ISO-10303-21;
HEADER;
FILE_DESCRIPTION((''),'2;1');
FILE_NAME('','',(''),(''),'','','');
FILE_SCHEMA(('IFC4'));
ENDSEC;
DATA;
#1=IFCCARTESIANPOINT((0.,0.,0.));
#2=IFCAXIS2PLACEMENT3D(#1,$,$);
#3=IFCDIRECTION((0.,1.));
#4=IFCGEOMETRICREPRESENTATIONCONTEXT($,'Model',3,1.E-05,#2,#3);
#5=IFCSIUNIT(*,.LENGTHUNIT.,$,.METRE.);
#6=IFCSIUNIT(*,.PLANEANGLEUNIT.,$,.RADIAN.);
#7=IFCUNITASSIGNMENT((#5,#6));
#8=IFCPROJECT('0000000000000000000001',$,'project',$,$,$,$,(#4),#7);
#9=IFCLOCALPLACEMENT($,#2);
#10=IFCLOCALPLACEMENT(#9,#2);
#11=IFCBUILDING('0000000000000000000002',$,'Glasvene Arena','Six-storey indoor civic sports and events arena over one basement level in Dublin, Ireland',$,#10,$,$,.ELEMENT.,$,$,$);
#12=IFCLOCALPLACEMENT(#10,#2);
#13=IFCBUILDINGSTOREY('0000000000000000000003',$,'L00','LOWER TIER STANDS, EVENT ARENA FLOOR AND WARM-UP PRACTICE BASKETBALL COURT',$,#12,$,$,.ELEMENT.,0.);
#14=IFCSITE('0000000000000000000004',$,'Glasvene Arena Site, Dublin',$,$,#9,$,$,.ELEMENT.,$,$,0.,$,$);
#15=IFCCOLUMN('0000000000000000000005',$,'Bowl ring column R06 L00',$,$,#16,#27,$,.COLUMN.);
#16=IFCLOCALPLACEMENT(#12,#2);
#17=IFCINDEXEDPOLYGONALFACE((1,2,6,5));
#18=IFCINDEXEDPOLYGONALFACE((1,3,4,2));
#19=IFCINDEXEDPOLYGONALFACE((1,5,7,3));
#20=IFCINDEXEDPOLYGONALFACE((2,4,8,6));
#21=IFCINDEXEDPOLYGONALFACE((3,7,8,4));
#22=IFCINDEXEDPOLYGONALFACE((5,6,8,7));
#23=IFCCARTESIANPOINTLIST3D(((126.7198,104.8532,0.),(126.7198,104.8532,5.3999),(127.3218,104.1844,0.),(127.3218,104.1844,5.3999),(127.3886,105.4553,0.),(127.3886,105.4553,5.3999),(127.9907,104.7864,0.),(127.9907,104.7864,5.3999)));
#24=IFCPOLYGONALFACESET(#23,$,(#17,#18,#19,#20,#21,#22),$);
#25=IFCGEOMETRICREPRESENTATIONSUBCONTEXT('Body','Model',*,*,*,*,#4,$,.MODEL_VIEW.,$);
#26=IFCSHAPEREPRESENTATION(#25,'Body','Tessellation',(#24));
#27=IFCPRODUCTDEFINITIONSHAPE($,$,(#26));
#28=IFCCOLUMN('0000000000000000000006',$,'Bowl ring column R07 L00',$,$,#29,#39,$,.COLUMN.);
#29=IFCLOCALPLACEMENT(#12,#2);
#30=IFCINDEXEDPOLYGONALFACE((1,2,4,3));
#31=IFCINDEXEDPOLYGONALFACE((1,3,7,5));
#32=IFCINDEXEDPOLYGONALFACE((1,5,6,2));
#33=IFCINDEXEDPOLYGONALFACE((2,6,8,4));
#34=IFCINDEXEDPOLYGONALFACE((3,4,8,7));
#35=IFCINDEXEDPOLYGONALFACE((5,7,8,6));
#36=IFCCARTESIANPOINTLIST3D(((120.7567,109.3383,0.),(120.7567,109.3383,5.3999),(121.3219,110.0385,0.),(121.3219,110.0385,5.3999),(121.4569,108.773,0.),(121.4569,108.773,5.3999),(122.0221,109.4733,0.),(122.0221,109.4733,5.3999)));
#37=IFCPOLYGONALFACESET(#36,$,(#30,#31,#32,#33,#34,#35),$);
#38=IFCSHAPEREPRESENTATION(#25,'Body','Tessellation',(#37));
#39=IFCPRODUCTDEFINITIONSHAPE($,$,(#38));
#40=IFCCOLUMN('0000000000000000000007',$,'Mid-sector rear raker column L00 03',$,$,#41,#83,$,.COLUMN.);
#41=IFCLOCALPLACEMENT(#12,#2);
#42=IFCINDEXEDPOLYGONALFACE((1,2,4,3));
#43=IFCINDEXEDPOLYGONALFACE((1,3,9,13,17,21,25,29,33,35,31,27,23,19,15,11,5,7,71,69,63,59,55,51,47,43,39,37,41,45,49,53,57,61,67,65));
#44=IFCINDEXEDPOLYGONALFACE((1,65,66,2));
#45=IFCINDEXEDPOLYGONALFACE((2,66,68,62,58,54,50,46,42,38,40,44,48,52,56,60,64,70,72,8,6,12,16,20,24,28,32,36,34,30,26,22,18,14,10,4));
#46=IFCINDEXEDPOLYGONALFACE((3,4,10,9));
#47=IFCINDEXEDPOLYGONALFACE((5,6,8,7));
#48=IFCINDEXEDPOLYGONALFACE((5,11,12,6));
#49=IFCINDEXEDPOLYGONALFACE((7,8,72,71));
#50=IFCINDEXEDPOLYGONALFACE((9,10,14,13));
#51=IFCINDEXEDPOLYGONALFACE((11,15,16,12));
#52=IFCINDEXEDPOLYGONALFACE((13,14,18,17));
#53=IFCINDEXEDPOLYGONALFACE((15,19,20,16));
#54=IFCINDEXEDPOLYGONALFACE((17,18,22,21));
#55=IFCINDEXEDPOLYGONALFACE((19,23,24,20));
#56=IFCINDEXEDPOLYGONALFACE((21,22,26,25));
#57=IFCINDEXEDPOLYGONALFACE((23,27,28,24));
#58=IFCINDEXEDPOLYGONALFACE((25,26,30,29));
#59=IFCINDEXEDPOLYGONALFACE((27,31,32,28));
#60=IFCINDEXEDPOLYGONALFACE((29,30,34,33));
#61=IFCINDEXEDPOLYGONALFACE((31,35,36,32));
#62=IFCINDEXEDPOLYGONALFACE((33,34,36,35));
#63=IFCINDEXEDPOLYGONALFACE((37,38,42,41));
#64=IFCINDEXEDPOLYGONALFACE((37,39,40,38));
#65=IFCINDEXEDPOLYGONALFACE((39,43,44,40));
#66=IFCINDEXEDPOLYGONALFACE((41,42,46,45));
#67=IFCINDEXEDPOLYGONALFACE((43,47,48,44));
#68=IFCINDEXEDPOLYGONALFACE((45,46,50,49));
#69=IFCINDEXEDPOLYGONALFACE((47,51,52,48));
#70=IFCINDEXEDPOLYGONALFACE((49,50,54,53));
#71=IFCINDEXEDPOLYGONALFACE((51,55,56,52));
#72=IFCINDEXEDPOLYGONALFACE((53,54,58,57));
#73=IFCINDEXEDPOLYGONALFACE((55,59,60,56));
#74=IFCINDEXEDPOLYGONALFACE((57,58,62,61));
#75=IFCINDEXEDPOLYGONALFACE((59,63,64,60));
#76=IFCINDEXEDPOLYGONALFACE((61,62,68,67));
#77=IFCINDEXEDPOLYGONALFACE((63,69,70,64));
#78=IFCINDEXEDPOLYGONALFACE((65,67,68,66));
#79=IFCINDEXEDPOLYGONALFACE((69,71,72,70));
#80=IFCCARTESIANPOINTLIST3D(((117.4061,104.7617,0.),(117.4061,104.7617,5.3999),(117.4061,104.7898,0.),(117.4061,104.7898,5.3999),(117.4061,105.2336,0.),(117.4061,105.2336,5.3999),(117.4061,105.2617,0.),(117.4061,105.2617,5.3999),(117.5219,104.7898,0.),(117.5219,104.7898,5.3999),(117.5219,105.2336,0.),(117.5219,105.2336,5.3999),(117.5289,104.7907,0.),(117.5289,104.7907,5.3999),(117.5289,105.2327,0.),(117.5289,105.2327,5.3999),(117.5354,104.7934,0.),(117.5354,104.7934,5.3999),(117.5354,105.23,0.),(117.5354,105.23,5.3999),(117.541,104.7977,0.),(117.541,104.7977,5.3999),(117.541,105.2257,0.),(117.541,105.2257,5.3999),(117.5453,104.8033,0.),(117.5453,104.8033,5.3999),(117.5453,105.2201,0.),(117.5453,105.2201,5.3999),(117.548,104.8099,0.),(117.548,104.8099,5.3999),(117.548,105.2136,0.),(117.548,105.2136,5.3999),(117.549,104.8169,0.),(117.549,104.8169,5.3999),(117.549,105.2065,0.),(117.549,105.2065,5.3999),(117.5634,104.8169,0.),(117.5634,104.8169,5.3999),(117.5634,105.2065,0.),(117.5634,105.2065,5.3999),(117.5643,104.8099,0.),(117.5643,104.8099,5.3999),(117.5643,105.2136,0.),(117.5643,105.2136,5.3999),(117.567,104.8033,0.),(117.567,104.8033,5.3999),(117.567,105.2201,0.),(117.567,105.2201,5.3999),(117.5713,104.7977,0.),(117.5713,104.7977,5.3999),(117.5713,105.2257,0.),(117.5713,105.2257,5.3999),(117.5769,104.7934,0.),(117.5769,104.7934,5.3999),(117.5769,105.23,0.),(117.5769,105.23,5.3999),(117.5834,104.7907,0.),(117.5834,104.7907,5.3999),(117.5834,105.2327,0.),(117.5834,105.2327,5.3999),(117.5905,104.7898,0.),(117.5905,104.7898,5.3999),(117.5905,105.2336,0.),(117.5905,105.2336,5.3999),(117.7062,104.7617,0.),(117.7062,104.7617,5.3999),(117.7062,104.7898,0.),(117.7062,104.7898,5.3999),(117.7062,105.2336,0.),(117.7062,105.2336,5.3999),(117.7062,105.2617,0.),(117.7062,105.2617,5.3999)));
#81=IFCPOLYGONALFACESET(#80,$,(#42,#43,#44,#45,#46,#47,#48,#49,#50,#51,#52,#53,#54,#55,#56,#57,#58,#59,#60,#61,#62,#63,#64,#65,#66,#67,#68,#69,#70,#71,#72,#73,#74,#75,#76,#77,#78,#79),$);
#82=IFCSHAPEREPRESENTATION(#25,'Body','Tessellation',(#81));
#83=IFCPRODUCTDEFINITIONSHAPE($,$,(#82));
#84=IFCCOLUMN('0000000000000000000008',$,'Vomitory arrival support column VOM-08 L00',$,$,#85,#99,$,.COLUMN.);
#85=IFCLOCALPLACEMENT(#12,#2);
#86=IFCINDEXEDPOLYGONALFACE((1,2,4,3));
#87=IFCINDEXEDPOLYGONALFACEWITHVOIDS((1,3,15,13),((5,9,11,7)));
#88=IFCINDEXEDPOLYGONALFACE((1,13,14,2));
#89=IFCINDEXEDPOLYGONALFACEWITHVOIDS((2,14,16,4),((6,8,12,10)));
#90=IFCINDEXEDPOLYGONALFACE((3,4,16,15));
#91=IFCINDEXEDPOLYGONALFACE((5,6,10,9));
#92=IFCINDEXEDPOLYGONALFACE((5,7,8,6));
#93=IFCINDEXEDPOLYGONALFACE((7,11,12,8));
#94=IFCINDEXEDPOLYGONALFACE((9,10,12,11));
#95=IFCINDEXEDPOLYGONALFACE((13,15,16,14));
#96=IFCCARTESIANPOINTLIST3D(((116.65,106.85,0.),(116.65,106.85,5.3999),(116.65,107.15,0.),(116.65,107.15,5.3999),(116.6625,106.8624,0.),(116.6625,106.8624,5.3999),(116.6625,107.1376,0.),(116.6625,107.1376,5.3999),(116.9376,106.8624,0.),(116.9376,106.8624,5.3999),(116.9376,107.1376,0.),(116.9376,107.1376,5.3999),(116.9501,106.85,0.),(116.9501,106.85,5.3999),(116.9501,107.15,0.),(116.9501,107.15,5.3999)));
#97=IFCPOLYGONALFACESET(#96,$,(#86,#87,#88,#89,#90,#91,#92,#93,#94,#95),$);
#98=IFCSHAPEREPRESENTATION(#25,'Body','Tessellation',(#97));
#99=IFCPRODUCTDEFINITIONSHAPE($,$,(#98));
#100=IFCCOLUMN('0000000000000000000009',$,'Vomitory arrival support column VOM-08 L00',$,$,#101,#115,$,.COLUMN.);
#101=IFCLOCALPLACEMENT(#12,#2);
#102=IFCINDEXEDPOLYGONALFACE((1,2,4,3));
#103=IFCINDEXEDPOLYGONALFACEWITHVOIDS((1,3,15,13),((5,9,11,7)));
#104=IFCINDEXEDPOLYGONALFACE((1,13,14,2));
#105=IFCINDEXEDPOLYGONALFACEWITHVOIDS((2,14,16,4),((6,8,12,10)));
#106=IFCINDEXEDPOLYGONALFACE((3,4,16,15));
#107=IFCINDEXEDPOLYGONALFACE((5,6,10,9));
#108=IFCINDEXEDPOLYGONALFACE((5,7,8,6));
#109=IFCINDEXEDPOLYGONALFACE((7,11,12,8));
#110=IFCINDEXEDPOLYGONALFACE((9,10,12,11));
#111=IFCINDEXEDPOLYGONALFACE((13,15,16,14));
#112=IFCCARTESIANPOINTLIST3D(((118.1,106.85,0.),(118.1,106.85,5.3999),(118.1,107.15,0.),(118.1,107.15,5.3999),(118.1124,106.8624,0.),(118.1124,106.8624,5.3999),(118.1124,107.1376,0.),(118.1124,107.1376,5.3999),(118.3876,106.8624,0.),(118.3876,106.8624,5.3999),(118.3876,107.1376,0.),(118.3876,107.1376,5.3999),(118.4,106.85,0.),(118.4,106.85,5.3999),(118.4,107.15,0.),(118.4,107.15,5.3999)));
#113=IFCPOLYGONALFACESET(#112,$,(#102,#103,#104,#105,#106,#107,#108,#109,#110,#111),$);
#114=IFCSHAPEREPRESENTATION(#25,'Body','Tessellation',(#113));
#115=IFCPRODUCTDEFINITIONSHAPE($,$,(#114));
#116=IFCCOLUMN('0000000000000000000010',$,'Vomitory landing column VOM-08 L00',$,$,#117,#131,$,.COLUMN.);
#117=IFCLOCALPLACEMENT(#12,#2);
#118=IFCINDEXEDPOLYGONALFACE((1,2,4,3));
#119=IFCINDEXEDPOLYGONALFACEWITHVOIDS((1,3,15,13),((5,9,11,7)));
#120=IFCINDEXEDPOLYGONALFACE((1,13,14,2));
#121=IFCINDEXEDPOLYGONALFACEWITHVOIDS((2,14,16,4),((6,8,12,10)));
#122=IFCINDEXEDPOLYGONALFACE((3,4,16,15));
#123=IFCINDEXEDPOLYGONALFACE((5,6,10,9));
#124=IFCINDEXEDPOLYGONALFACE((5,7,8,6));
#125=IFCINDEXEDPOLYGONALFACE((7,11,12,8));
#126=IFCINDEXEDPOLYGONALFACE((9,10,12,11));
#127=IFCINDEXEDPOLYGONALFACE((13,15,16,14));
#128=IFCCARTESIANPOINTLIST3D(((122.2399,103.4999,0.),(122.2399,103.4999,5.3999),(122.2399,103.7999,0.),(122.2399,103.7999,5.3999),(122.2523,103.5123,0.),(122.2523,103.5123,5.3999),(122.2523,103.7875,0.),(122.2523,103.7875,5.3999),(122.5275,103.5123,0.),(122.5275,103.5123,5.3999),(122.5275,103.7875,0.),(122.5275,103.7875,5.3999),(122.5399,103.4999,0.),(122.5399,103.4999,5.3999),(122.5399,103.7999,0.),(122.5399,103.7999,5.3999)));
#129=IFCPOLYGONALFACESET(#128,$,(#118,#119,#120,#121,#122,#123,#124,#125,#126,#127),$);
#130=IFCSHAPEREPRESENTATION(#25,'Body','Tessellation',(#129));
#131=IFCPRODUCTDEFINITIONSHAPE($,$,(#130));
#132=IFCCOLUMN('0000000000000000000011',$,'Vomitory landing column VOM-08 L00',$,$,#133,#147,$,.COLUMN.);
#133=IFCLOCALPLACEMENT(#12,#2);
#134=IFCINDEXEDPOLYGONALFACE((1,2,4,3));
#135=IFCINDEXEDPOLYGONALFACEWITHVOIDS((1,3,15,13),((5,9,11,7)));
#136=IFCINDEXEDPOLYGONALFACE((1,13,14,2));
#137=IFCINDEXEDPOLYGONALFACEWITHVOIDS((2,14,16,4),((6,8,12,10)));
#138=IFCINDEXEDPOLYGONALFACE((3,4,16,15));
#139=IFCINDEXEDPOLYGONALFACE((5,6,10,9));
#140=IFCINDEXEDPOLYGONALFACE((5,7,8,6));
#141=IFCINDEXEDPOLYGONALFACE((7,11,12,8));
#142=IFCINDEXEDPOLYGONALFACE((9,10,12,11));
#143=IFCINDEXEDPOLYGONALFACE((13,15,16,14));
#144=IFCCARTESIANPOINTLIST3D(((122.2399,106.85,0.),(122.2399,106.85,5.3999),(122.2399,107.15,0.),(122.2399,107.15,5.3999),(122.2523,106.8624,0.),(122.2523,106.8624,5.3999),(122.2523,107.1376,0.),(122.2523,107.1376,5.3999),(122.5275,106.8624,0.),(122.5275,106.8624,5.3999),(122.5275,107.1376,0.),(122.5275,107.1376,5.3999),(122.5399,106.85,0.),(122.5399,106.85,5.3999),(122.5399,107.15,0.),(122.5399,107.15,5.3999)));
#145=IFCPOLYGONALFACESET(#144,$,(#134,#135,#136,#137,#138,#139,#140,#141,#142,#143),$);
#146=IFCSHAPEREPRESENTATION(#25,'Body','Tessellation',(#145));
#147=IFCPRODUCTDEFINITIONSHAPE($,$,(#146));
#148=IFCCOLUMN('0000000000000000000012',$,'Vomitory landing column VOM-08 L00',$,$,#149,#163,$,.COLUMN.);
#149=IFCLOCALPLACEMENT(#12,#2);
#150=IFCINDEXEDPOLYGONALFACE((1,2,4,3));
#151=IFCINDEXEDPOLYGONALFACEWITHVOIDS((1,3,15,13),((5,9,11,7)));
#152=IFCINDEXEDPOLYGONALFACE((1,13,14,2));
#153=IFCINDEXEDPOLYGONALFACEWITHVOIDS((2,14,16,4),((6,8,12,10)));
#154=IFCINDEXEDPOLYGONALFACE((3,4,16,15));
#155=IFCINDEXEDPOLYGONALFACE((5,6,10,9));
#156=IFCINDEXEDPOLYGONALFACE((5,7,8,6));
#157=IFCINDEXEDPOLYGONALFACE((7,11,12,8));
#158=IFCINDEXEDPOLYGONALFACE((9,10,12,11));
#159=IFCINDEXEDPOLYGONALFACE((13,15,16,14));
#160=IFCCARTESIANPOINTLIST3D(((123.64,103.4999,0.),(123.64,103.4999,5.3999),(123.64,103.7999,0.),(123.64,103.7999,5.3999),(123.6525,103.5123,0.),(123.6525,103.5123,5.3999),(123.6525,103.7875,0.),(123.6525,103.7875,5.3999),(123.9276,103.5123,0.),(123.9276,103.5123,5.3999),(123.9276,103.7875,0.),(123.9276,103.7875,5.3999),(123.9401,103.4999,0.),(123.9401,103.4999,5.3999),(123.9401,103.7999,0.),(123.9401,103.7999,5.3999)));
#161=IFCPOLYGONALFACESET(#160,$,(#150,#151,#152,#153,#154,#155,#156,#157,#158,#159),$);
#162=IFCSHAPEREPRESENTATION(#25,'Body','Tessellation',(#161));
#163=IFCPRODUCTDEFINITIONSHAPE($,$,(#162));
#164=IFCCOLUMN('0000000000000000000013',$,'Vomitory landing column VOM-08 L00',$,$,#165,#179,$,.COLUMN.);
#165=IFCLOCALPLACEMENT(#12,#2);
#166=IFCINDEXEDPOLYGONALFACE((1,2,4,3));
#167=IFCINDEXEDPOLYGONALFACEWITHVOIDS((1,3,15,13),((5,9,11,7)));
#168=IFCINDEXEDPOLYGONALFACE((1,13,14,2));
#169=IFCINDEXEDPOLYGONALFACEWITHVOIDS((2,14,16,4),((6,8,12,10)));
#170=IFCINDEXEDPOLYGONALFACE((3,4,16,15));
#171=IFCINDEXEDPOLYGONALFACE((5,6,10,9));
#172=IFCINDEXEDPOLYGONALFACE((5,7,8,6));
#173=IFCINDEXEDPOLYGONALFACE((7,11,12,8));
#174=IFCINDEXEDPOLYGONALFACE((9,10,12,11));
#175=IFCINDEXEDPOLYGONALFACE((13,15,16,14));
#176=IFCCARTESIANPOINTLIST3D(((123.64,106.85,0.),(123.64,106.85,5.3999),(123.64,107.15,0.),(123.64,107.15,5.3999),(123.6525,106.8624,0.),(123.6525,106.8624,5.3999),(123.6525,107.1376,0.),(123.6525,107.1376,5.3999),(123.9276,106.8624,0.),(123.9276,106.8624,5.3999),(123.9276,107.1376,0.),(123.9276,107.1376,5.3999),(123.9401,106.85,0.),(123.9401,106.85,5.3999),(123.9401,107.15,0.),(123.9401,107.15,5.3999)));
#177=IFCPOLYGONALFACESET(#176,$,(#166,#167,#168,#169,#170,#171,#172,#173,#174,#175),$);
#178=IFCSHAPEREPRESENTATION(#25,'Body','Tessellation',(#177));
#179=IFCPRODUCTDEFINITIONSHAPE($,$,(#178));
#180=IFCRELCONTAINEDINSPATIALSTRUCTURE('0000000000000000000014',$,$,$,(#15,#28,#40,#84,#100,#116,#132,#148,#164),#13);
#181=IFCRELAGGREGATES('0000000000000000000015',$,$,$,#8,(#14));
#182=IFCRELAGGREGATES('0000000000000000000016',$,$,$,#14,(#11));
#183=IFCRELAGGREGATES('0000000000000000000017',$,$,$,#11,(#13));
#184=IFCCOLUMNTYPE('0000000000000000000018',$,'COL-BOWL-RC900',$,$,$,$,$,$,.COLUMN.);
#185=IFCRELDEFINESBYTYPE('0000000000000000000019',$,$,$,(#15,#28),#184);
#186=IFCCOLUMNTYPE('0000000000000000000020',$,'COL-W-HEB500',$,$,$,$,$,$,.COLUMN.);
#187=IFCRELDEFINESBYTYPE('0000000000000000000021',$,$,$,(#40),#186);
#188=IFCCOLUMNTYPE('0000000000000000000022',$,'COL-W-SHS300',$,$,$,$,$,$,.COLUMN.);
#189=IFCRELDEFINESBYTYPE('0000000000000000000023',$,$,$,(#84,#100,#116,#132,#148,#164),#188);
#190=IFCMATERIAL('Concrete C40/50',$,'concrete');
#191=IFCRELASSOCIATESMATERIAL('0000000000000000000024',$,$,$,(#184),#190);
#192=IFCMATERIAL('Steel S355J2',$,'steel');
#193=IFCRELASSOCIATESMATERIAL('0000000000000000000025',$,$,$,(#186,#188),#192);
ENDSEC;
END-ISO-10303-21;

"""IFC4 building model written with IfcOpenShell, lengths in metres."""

from ifc_helpers import new_model, si_unit, direction, frame, origin, origin_2d, place, context, subcontext, project, spatial, rectangle, hollow_rectangle, i_section, extrude, material, material_profile, profile_set, type_object, element, save


model = new_model("IFC4")

# Units and contexts
model_context = context("Model", 3, precision=1e-05, world=origin(), true_north=direction((0.0, 1.0)))
body_context = subcontext(model_context, "Body", "Model", "MODEL_VIEW")
ifc_project = project(units=[si_unit("LENGTHUNIT", "METRE"), si_unit("PLANEANGLEUNIT", "RADIAN")], contexts=[model_context])

# Site, building, storey
site_placement = place(None, origin())
site = spatial("IfcSite", under=ifc_project, at=site_placement, Name="Glasvene Arena Site, Dublin", CompositionType="ELEMENT", RefElevation=0.0)
building_placement = place(site_placement, origin())
building = spatial("IfcBuilding", under=site, at=building_placement, Name="Glasvene Arena", Description="Six-storey indoor civic sports and events arena over one basement level in Dublin, Ireland", CompositionType="ELEMENT")
storey_placement = place(building_placement, origin())
storey = spatial("IfcBuildingStorey", under=building, at=storey_placement, Name="L00", Description="LOWER TIER STANDS, EVENT ARENA FLOOR AND WARM-UP PRACTICE BASKETBALL COURT", CompositionType="ELEMENT", Elevation=0.0)

# Columns
ifc_material_1 = material(Name="Concrete C40/50", Category="concrete")
ifc_material_profile_1 = material_profile(ifc_material_1, rectangle(XDim=0.8999, YDim=0.8999, at=origin_2d()), Name="RC 900x900")
ifc_profile_set_1 = profile_set([ifc_material_profile_1], Name="Concrete C40/50")
column_type_1 = type_object("IfcColumnType", Name="COL-BOWL-RC900", PredefinedType="COLUMN", material=ifc_profile_set_1)
for number, where, z_axis, x_axis, name in (
    (1, (127.3552, 104.8198, 0.0), (0.0, 0.0, 1.0), (0.743262, 0.669001, 0.0), "Bowl ring column R06 L00"),
    (2, (121.3894, 109.4058, 0.0), (0.0, 0.0, 1.0), (0.628099, 0.778134, 0.0), "Bowl ring column R07 L00"),
):
    element("IfcColumn", number, at=place(storey_placement, frame(where, z_axis=z_axis, x_axis=x_axis)), inside=storey, type_object=column_type_1, Name=name, PredefinedType="COLUMN", context=body_context, shape_type="SweptSolid", body=[
        extrude(rectangle(XDim=0.8999, YDim=0.8999, at=origin_2d()), origin(), (0.0, 0.0, 1.0), 5.3999),
    ])
ifc_material_2 = material(Name="Steel S355J2", Category="steel")
ifc_material_profile_2 = material_profile(ifc_material_2, i_section(OverallWidth=0.3, OverallDepth=0.5, WebThickness=0.0144, FlangeThickness=0.0281, FilletRadius=0.0271, at=origin_2d()), Name="HEB 500")
ifc_profile_set_2 = profile_set([ifc_material_profile_2], Name="Steel S355J2")
column_type_2 = type_object("IfcColumnType", Name="COL-W-HEB500", PredefinedType="COLUMN", material=ifc_profile_set_2)
column_placement = place(storey_placement, frame((117.5562, 105.0117, 0.0), z_axis=(0.0, 0.0, 1.0), x_axis=(1.0, 0.0, 0.0)))
element("IfcColumn", 3, at=column_placement, inside=storey, type_object=column_type_2, Name="Mid-sector rear raker column L00 03", PredefinedType="COLUMN", context=body_context, shape_type="SweptSolid", body=[
    extrude(i_section(OverallWidth=0.3, OverallDepth=0.5, WebThickness=0.0144, FlangeThickness=0.0281, FilletRadius=0.0271, at=origin_2d()), origin(), (0.0, 0.0, 1.0), 5.3999),
])
ifc_material_profile_3 = material_profile(ifc_material_2, hollow_rectangle(XDim=0.3, YDim=0.3, WallThickness=0.0125, at=origin_2d()), Name="SHS 300x300x12.5")
ifc_profile_set_3 = profile_set([ifc_material_profile_3], Name="Steel S355J2")
column_type_3 = type_object("IfcColumnType", Name="COL-W-SHS300", PredefinedType="COLUMN", material=ifc_profile_set_3)
for number, where, z_axis, x_axis, name in (
    (4, (116.8, 107.0, 0.0), (0.0, 0.0, 1.0), (1.0, 0.0, 0.0), "Vomitory arrival support column VOM-08 L00"),
    (5, (118.25, 107.0, 0.0), (0.0, 0.0, 1.0), (1.0, 0.0, 0.0), "Vomitory arrival support column VOM-08 L00"),
    (6, (122.3899, 103.6499, 0.0), (0.0, 0.0, 1.0), (1.0, 0.0, 0.0), "Vomitory landing column VOM-08 L00"),
    (7, (122.3899, 107.0, 0.0), (0.0, 0.0, 1.0), (1.0, 0.0, 0.0), "Vomitory landing column VOM-08 L00"),
    (8, (123.79, 103.6499, 0.0), (0.0, 0.0, 1.0), (1.0, 0.0, 0.0), "Vomitory landing column VOM-08 L00"),
    (9, (123.79, 107.0, 0.0), (0.0, 0.0, 1.0), (1.0, 0.0, 0.0), "Vomitory landing column VOM-08 L00"),
):
    element("IfcColumn", number, at=place(storey_placement, frame(where, z_axis=z_axis, x_axis=x_axis)), inside=storey, type_object=column_type_3, Name=name, PredefinedType="COLUMN", context=body_context, shape_type="SweptSolid", body=[
        extrude(hollow_rectangle(XDim=0.3, YDim=0.3, WallThickness=0.0125, at=origin_2d()), origin(), (0.0, 0.0, 1.0), 5.3999),
    ])

save(model, "model.ifc")
